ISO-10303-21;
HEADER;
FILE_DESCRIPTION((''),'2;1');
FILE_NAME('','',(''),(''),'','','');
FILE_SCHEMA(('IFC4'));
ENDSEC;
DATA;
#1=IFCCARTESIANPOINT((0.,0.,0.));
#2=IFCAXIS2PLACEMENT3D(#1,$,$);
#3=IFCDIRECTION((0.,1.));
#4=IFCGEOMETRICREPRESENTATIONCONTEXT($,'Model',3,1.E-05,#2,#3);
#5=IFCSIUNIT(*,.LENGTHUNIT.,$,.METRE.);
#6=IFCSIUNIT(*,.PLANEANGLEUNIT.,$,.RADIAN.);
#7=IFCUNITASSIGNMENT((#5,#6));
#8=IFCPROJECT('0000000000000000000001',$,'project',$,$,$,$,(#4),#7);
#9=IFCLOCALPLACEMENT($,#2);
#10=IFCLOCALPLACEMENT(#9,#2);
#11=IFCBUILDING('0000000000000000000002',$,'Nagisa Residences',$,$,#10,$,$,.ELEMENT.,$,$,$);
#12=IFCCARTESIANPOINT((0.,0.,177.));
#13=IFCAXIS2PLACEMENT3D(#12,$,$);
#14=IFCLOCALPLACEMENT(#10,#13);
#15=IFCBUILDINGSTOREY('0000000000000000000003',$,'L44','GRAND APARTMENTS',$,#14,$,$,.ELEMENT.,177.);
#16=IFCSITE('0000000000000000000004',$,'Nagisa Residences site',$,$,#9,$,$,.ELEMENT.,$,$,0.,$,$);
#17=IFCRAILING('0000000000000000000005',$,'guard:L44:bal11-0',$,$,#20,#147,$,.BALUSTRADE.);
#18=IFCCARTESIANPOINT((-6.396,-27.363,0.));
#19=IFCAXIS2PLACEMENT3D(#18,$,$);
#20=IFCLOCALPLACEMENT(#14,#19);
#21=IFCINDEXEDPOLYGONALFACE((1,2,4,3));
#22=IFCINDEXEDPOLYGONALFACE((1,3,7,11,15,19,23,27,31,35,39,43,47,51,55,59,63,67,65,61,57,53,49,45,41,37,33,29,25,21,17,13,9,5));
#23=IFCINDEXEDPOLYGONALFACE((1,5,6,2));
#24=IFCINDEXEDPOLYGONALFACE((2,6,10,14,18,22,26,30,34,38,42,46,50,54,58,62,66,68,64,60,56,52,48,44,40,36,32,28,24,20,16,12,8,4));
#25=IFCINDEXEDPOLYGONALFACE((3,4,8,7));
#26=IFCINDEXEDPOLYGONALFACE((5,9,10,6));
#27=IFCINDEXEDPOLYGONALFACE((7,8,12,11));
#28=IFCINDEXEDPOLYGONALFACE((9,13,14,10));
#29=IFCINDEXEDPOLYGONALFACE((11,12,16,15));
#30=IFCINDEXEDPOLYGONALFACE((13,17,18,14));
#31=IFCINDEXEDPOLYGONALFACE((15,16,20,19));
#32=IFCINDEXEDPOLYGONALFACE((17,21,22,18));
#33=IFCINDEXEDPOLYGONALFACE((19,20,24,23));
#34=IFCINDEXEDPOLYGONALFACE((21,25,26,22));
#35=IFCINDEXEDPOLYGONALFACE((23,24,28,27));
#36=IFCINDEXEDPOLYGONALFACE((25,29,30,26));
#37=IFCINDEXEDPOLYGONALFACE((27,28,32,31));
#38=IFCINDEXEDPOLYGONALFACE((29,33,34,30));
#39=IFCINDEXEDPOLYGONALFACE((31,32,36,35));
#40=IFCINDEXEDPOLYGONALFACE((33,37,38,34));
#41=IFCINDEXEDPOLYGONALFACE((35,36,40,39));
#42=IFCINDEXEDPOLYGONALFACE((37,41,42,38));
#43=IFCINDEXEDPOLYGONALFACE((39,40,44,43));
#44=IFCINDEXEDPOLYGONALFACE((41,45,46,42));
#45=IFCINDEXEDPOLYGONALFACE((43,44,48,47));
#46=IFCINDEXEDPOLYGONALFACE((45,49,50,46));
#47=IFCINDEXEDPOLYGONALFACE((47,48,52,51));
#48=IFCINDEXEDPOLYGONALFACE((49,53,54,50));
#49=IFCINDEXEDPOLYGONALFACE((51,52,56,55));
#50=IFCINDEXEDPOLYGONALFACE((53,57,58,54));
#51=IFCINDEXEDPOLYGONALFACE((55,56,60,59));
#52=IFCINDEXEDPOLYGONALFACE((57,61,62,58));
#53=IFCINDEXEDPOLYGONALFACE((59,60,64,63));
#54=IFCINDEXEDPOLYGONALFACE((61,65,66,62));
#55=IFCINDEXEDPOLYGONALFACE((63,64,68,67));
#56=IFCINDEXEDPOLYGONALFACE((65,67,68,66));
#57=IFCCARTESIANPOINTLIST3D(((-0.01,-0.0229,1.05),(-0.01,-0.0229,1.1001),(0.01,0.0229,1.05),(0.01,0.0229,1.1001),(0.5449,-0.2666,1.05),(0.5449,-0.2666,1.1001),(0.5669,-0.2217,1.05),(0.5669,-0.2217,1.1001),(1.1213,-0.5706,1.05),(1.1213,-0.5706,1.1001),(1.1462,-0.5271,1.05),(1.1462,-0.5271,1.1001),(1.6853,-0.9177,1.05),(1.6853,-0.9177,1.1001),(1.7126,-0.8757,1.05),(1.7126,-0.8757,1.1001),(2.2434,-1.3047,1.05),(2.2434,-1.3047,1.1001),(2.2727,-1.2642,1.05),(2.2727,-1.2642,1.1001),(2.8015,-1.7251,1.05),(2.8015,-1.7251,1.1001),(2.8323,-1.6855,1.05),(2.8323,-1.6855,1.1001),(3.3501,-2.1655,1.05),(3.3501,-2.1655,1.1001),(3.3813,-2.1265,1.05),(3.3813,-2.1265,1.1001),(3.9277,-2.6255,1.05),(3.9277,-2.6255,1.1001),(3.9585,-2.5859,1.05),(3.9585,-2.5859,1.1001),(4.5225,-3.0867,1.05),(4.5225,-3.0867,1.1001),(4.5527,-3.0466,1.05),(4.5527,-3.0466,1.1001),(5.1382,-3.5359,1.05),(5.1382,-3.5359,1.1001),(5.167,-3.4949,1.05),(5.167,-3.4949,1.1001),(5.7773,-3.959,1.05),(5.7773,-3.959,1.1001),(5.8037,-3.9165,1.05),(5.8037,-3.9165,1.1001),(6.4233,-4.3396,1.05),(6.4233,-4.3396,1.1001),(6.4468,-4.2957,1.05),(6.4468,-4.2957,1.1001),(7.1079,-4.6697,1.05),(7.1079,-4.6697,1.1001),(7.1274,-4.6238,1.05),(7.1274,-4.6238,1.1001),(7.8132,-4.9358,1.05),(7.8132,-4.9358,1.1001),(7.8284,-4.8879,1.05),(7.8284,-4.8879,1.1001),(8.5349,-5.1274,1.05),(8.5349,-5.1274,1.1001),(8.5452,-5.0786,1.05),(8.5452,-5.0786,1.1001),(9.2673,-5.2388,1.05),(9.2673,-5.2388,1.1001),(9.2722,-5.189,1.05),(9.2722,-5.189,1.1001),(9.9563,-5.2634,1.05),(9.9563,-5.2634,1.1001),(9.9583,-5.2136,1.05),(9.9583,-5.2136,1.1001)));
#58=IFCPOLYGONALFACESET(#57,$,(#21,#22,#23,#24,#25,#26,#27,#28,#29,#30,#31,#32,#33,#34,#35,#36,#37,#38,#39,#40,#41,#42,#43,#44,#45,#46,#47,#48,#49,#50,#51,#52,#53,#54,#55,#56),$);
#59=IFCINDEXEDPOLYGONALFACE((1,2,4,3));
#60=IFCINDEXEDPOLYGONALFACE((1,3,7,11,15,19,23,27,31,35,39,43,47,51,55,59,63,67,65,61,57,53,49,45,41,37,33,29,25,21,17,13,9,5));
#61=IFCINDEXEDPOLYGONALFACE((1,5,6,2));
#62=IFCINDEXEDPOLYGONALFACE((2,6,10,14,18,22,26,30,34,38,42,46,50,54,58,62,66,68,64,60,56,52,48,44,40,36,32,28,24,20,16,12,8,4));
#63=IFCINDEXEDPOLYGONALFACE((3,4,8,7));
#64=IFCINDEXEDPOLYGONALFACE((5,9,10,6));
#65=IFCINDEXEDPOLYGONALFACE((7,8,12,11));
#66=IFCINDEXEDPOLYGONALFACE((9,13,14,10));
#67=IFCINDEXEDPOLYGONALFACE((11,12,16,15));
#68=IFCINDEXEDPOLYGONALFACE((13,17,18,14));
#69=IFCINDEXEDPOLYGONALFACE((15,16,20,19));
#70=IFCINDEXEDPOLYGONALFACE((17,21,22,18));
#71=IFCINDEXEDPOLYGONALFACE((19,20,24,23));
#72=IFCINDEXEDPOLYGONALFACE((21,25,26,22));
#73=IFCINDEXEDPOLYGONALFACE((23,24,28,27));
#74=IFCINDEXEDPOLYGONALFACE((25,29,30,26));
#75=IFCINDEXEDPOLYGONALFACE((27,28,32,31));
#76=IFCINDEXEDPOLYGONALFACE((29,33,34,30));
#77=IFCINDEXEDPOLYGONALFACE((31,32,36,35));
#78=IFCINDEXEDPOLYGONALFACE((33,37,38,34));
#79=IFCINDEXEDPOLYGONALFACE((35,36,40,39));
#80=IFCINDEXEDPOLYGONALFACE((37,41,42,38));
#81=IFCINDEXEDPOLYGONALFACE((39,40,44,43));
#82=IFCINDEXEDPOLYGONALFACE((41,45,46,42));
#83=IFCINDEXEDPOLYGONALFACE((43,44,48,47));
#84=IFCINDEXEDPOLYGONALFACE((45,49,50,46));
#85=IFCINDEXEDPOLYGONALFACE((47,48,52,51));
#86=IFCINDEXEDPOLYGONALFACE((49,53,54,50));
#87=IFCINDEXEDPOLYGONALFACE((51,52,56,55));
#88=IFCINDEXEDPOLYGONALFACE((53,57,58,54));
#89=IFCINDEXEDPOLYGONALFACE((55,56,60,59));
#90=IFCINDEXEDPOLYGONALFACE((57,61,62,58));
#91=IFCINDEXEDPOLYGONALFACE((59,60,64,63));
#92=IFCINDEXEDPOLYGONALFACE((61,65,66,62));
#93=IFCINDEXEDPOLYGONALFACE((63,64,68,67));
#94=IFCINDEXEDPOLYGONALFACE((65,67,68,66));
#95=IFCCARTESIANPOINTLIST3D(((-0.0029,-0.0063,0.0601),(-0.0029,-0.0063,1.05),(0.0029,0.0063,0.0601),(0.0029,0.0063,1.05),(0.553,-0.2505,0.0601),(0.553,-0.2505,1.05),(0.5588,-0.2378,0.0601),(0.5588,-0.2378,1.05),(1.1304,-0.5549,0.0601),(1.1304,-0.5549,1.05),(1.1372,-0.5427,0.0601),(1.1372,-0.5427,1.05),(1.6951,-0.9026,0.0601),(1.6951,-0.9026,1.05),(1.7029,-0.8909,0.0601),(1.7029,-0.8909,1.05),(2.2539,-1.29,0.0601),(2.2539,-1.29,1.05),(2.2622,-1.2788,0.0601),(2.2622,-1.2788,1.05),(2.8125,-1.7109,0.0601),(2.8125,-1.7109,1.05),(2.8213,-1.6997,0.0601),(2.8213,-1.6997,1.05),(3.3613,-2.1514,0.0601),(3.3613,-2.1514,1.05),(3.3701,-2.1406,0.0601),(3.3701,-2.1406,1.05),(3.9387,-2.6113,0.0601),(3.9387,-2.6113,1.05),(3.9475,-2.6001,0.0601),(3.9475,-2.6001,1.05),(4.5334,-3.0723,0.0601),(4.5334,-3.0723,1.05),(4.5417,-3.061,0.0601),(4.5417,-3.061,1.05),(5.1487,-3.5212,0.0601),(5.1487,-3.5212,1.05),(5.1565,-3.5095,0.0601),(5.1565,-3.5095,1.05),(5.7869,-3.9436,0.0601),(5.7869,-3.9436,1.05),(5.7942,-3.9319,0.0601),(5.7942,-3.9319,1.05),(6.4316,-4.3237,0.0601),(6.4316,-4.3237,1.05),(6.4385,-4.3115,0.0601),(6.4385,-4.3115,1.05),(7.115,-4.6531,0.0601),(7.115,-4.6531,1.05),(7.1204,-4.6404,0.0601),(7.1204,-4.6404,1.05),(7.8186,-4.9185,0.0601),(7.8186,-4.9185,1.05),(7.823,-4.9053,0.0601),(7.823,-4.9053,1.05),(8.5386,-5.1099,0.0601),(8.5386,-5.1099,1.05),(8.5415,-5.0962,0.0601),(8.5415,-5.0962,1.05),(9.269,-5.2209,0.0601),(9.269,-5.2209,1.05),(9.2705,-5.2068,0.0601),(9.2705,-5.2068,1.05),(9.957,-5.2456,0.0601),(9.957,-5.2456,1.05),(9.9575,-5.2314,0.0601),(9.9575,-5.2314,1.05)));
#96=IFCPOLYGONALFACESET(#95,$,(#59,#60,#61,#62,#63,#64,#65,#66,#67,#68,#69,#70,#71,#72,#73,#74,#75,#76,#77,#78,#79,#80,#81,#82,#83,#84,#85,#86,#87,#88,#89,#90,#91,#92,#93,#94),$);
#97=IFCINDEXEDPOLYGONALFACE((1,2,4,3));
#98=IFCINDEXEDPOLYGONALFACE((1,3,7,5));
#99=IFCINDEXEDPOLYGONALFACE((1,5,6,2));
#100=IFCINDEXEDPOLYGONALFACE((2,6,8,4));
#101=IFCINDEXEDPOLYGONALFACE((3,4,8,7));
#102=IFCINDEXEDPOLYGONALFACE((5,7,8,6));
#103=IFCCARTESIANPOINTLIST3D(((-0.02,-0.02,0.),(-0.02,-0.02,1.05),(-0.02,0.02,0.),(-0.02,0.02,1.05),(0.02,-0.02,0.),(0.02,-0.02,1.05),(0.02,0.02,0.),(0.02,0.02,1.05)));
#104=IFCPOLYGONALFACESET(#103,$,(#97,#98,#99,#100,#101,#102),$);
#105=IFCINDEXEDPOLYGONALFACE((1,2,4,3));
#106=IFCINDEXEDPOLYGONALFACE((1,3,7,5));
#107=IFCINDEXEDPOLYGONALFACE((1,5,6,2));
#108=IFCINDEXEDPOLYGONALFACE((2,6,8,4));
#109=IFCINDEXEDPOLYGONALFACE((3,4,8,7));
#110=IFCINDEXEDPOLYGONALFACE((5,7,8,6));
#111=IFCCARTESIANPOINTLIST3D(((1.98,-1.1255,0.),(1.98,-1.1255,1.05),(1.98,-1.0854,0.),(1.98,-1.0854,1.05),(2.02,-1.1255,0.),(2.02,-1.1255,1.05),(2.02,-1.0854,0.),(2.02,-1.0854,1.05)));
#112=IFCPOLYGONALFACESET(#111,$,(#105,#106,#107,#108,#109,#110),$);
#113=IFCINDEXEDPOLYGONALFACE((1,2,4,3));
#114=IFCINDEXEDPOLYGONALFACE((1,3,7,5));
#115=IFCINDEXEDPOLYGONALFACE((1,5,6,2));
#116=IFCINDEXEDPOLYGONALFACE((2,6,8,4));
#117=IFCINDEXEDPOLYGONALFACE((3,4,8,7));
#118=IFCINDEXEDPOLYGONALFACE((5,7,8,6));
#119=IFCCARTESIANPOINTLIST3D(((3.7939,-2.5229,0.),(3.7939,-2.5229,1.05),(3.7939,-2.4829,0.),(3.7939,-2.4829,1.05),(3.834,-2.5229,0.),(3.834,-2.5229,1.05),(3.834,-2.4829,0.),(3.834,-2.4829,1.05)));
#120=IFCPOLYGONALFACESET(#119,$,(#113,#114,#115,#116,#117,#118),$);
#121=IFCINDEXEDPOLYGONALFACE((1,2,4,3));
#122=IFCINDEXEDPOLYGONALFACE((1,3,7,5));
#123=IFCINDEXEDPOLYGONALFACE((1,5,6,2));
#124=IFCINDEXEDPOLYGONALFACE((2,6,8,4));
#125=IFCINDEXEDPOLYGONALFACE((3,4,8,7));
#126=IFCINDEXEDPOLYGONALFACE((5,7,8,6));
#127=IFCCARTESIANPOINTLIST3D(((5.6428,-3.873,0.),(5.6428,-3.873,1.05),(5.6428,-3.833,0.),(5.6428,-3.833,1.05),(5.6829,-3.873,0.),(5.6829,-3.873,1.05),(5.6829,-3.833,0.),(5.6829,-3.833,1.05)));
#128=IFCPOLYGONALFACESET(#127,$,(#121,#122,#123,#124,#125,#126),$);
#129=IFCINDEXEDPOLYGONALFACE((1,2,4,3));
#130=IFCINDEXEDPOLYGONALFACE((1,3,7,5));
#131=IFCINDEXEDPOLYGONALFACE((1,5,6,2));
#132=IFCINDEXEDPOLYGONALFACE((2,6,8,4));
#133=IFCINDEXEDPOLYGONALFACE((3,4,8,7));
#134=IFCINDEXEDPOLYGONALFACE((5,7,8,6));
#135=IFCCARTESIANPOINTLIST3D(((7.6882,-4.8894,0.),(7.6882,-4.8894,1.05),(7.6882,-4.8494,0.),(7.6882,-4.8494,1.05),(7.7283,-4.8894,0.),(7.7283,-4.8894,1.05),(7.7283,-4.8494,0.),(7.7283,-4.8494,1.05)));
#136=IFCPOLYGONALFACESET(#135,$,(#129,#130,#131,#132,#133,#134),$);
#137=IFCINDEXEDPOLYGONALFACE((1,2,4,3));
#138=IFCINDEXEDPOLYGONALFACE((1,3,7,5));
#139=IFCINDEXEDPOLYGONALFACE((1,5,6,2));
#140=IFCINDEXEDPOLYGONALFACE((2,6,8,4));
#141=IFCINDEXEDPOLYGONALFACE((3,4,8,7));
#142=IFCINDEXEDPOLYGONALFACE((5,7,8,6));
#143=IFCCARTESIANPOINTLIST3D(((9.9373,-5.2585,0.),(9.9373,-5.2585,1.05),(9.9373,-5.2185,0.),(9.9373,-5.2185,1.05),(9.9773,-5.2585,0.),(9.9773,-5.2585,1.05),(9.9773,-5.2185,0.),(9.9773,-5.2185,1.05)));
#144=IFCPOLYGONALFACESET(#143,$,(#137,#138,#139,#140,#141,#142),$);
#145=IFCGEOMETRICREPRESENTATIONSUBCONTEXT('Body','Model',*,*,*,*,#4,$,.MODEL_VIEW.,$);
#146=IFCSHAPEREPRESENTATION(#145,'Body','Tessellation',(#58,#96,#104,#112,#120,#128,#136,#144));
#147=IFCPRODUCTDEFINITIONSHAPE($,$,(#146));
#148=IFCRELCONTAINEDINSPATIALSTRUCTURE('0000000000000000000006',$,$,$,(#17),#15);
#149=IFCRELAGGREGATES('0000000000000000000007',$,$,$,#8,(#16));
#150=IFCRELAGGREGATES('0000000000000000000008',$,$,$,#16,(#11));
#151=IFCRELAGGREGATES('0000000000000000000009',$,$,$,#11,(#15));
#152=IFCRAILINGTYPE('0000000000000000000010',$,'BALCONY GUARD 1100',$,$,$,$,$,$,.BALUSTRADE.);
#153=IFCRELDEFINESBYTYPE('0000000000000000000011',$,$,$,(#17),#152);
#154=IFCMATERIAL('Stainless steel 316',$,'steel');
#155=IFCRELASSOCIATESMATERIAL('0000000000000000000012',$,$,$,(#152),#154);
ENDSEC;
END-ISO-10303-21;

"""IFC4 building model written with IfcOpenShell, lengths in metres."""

from ifc_helpers import new_model, si_unit, direction, frame, origin, origin_2d, place, context, subcontext, project, spatial, polyline, rectangle, outline, extrude, material, type_object, element, save


model = new_model("IFC4")

# Units and contexts
model_context = context("Model", 3, precision=1e-05, world=origin(), true_north=direction((0.0, 1.0)))
body_context = subcontext(model_context, "Body", "Model", "MODEL_VIEW")
ifc_project = project(units=[si_unit("LENGTHUNIT", "METRE"), si_unit("PLANEANGLEUNIT", "RADIAN")], contexts=[model_context])

# Site, building, storey
site_placement = place(None, origin())
site = spatial("IfcSite", under=ifc_project, at=site_placement, Name="Nagisa Residences site", CompositionType="ELEMENT", RefElevation=0.0)
building_placement = place(site_placement, origin())
building = spatial("IfcBuilding", under=site, at=building_placement, Name="Nagisa Residences", CompositionType="ELEMENT")
storey_placement = place(building_placement, frame((0.0, 0.0, 177.0)))
storey = spatial("IfcBuildingStorey", under=building, at=storey_placement, Name="L44", Description="GRAND APARTMENTS", CompositionType="ELEMENT", Elevation=177.0)

# Railing
ifc_material_1 = material(Name="Stainless steel 316", Category="steel")
railing_type = type_object("IfcRailingType", Name="BALCONY GUARD 1100", PredefinedType="BALUSTRADE", material=ifc_material_1)
railing_placement = place(storey_placement, frame((-6.396, -27.363, 0.0)))
element("IfcRailing", 1, at=railing_placement, inside=storey, type_object=railing_type, Name="guard:L44:bal11-0", PredefinedType="BALUSTRADE", context=body_context, shape_type="SweptSolid", body=[
    extrude(outline(polyline([(0.5669, -0.2217), (0.01, 0.0229), (-0.01, -0.0229), (0.5449, -0.2666), (1.1213, -0.5706), (1.6853, -0.9177), (2.2434, -1.3047), (2.8015, -1.7251), (3.3501, -2.1655), (3.9277, -2.6255), (4.5225, -3.0867), (5.1382, -3.5359), (5.7773, -3.959), (6.4233, -4.3396), (7.1079, -4.6697), (7.8132, -4.9358), (8.5349, -5.1274), (9.2673, -5.2388), (9.9563, -5.2634), (9.9583, -5.2136), (9.2722, -5.189), (8.5452, -5.0786), (7.8284, -4.8879), (7.1274, -4.6238), (6.4468, -4.2957), (5.8037, -3.9165), (5.167, -3.4949), (4.5527, -3.0466), (3.9585, -2.5859), (3.3813, -2.1265), (2.8323, -1.6855), (2.2727, -1.2642), (1.7126, -0.8757), (1.1462, -0.5271), (0.5669, -0.2217)])), frame((0.0, 0.0, 1.05)), (0.0, 0.0, 1.0), 0.05),
    extrude(outline(polyline([(0.5588, -0.2378), (0.0029, 0.0063), (-0.0029, -0.0063), (0.553, -0.2505), (1.1304, -0.5549), (1.6951, -0.9026), (2.2539, -1.29), (2.8125, -1.7109), (3.3613, -2.1514), (3.9387, -2.6113), (4.5334, -3.0723), (5.1487, -3.5212), (5.7869, -3.9436), (6.4316, -4.3237), (7.115, -4.6531), (7.8186, -4.9185), (8.5386, -5.1099), (9.269, -5.2209), (9.957, -5.2456), (9.9575, -5.2314), (9.2705, -5.2068), (8.5415, -5.0962), (7.823, -4.9053), (7.1204, -4.6404), (6.4385, -4.3115), (5.7942, -3.9319), (5.1565, -3.5095), (4.5417, -3.061), (3.9475, -2.6001), (3.3701, -2.1406), (2.8213, -1.6997), (2.2622, -1.2788), (1.7029, -0.8909), (1.1372, -0.5427), (0.5588, -0.2378)])), frame((0.0, 0.0, 0.0601)), (0.0, 0.0, 1.0), 0.99),
    extrude(rectangle(XDim=0.04, YDim=0.04, at=origin_2d()), origin(), (0.0, 0.0, 1.0), 1.05),
    extrude(rectangle(XDim=0.04, YDim=0.04, at=origin_2d()), frame((2.0, -1.1055, 0.0)), (0.0, 0.0, 1.0), 1.05),
    extrude(rectangle(XDim=0.04, YDim=0.04, at=origin_2d()), frame((3.814, -2.5029, 0.0)), (0.0, 0.0, 1.0), 1.05),
    extrude(rectangle(XDim=0.04, YDim=0.04, at=origin_2d()), frame((5.6628, -3.853, 0.0)), (0.0, 0.0, 1.0), 1.05),
    extrude(rectangle(XDim=0.04, YDim=0.04, at=origin_2d()), frame((7.7083, -4.8694, 0.0)), (0.0, 0.0, 1.0), 1.05),
    extrude(rectangle(XDim=0.04, YDim=0.04, at=origin_2d()), frame((9.9573, -5.2385, 0.0)), (0.0, 0.0, 1.0), 1.05),
])

save(model, "model.ifc")
